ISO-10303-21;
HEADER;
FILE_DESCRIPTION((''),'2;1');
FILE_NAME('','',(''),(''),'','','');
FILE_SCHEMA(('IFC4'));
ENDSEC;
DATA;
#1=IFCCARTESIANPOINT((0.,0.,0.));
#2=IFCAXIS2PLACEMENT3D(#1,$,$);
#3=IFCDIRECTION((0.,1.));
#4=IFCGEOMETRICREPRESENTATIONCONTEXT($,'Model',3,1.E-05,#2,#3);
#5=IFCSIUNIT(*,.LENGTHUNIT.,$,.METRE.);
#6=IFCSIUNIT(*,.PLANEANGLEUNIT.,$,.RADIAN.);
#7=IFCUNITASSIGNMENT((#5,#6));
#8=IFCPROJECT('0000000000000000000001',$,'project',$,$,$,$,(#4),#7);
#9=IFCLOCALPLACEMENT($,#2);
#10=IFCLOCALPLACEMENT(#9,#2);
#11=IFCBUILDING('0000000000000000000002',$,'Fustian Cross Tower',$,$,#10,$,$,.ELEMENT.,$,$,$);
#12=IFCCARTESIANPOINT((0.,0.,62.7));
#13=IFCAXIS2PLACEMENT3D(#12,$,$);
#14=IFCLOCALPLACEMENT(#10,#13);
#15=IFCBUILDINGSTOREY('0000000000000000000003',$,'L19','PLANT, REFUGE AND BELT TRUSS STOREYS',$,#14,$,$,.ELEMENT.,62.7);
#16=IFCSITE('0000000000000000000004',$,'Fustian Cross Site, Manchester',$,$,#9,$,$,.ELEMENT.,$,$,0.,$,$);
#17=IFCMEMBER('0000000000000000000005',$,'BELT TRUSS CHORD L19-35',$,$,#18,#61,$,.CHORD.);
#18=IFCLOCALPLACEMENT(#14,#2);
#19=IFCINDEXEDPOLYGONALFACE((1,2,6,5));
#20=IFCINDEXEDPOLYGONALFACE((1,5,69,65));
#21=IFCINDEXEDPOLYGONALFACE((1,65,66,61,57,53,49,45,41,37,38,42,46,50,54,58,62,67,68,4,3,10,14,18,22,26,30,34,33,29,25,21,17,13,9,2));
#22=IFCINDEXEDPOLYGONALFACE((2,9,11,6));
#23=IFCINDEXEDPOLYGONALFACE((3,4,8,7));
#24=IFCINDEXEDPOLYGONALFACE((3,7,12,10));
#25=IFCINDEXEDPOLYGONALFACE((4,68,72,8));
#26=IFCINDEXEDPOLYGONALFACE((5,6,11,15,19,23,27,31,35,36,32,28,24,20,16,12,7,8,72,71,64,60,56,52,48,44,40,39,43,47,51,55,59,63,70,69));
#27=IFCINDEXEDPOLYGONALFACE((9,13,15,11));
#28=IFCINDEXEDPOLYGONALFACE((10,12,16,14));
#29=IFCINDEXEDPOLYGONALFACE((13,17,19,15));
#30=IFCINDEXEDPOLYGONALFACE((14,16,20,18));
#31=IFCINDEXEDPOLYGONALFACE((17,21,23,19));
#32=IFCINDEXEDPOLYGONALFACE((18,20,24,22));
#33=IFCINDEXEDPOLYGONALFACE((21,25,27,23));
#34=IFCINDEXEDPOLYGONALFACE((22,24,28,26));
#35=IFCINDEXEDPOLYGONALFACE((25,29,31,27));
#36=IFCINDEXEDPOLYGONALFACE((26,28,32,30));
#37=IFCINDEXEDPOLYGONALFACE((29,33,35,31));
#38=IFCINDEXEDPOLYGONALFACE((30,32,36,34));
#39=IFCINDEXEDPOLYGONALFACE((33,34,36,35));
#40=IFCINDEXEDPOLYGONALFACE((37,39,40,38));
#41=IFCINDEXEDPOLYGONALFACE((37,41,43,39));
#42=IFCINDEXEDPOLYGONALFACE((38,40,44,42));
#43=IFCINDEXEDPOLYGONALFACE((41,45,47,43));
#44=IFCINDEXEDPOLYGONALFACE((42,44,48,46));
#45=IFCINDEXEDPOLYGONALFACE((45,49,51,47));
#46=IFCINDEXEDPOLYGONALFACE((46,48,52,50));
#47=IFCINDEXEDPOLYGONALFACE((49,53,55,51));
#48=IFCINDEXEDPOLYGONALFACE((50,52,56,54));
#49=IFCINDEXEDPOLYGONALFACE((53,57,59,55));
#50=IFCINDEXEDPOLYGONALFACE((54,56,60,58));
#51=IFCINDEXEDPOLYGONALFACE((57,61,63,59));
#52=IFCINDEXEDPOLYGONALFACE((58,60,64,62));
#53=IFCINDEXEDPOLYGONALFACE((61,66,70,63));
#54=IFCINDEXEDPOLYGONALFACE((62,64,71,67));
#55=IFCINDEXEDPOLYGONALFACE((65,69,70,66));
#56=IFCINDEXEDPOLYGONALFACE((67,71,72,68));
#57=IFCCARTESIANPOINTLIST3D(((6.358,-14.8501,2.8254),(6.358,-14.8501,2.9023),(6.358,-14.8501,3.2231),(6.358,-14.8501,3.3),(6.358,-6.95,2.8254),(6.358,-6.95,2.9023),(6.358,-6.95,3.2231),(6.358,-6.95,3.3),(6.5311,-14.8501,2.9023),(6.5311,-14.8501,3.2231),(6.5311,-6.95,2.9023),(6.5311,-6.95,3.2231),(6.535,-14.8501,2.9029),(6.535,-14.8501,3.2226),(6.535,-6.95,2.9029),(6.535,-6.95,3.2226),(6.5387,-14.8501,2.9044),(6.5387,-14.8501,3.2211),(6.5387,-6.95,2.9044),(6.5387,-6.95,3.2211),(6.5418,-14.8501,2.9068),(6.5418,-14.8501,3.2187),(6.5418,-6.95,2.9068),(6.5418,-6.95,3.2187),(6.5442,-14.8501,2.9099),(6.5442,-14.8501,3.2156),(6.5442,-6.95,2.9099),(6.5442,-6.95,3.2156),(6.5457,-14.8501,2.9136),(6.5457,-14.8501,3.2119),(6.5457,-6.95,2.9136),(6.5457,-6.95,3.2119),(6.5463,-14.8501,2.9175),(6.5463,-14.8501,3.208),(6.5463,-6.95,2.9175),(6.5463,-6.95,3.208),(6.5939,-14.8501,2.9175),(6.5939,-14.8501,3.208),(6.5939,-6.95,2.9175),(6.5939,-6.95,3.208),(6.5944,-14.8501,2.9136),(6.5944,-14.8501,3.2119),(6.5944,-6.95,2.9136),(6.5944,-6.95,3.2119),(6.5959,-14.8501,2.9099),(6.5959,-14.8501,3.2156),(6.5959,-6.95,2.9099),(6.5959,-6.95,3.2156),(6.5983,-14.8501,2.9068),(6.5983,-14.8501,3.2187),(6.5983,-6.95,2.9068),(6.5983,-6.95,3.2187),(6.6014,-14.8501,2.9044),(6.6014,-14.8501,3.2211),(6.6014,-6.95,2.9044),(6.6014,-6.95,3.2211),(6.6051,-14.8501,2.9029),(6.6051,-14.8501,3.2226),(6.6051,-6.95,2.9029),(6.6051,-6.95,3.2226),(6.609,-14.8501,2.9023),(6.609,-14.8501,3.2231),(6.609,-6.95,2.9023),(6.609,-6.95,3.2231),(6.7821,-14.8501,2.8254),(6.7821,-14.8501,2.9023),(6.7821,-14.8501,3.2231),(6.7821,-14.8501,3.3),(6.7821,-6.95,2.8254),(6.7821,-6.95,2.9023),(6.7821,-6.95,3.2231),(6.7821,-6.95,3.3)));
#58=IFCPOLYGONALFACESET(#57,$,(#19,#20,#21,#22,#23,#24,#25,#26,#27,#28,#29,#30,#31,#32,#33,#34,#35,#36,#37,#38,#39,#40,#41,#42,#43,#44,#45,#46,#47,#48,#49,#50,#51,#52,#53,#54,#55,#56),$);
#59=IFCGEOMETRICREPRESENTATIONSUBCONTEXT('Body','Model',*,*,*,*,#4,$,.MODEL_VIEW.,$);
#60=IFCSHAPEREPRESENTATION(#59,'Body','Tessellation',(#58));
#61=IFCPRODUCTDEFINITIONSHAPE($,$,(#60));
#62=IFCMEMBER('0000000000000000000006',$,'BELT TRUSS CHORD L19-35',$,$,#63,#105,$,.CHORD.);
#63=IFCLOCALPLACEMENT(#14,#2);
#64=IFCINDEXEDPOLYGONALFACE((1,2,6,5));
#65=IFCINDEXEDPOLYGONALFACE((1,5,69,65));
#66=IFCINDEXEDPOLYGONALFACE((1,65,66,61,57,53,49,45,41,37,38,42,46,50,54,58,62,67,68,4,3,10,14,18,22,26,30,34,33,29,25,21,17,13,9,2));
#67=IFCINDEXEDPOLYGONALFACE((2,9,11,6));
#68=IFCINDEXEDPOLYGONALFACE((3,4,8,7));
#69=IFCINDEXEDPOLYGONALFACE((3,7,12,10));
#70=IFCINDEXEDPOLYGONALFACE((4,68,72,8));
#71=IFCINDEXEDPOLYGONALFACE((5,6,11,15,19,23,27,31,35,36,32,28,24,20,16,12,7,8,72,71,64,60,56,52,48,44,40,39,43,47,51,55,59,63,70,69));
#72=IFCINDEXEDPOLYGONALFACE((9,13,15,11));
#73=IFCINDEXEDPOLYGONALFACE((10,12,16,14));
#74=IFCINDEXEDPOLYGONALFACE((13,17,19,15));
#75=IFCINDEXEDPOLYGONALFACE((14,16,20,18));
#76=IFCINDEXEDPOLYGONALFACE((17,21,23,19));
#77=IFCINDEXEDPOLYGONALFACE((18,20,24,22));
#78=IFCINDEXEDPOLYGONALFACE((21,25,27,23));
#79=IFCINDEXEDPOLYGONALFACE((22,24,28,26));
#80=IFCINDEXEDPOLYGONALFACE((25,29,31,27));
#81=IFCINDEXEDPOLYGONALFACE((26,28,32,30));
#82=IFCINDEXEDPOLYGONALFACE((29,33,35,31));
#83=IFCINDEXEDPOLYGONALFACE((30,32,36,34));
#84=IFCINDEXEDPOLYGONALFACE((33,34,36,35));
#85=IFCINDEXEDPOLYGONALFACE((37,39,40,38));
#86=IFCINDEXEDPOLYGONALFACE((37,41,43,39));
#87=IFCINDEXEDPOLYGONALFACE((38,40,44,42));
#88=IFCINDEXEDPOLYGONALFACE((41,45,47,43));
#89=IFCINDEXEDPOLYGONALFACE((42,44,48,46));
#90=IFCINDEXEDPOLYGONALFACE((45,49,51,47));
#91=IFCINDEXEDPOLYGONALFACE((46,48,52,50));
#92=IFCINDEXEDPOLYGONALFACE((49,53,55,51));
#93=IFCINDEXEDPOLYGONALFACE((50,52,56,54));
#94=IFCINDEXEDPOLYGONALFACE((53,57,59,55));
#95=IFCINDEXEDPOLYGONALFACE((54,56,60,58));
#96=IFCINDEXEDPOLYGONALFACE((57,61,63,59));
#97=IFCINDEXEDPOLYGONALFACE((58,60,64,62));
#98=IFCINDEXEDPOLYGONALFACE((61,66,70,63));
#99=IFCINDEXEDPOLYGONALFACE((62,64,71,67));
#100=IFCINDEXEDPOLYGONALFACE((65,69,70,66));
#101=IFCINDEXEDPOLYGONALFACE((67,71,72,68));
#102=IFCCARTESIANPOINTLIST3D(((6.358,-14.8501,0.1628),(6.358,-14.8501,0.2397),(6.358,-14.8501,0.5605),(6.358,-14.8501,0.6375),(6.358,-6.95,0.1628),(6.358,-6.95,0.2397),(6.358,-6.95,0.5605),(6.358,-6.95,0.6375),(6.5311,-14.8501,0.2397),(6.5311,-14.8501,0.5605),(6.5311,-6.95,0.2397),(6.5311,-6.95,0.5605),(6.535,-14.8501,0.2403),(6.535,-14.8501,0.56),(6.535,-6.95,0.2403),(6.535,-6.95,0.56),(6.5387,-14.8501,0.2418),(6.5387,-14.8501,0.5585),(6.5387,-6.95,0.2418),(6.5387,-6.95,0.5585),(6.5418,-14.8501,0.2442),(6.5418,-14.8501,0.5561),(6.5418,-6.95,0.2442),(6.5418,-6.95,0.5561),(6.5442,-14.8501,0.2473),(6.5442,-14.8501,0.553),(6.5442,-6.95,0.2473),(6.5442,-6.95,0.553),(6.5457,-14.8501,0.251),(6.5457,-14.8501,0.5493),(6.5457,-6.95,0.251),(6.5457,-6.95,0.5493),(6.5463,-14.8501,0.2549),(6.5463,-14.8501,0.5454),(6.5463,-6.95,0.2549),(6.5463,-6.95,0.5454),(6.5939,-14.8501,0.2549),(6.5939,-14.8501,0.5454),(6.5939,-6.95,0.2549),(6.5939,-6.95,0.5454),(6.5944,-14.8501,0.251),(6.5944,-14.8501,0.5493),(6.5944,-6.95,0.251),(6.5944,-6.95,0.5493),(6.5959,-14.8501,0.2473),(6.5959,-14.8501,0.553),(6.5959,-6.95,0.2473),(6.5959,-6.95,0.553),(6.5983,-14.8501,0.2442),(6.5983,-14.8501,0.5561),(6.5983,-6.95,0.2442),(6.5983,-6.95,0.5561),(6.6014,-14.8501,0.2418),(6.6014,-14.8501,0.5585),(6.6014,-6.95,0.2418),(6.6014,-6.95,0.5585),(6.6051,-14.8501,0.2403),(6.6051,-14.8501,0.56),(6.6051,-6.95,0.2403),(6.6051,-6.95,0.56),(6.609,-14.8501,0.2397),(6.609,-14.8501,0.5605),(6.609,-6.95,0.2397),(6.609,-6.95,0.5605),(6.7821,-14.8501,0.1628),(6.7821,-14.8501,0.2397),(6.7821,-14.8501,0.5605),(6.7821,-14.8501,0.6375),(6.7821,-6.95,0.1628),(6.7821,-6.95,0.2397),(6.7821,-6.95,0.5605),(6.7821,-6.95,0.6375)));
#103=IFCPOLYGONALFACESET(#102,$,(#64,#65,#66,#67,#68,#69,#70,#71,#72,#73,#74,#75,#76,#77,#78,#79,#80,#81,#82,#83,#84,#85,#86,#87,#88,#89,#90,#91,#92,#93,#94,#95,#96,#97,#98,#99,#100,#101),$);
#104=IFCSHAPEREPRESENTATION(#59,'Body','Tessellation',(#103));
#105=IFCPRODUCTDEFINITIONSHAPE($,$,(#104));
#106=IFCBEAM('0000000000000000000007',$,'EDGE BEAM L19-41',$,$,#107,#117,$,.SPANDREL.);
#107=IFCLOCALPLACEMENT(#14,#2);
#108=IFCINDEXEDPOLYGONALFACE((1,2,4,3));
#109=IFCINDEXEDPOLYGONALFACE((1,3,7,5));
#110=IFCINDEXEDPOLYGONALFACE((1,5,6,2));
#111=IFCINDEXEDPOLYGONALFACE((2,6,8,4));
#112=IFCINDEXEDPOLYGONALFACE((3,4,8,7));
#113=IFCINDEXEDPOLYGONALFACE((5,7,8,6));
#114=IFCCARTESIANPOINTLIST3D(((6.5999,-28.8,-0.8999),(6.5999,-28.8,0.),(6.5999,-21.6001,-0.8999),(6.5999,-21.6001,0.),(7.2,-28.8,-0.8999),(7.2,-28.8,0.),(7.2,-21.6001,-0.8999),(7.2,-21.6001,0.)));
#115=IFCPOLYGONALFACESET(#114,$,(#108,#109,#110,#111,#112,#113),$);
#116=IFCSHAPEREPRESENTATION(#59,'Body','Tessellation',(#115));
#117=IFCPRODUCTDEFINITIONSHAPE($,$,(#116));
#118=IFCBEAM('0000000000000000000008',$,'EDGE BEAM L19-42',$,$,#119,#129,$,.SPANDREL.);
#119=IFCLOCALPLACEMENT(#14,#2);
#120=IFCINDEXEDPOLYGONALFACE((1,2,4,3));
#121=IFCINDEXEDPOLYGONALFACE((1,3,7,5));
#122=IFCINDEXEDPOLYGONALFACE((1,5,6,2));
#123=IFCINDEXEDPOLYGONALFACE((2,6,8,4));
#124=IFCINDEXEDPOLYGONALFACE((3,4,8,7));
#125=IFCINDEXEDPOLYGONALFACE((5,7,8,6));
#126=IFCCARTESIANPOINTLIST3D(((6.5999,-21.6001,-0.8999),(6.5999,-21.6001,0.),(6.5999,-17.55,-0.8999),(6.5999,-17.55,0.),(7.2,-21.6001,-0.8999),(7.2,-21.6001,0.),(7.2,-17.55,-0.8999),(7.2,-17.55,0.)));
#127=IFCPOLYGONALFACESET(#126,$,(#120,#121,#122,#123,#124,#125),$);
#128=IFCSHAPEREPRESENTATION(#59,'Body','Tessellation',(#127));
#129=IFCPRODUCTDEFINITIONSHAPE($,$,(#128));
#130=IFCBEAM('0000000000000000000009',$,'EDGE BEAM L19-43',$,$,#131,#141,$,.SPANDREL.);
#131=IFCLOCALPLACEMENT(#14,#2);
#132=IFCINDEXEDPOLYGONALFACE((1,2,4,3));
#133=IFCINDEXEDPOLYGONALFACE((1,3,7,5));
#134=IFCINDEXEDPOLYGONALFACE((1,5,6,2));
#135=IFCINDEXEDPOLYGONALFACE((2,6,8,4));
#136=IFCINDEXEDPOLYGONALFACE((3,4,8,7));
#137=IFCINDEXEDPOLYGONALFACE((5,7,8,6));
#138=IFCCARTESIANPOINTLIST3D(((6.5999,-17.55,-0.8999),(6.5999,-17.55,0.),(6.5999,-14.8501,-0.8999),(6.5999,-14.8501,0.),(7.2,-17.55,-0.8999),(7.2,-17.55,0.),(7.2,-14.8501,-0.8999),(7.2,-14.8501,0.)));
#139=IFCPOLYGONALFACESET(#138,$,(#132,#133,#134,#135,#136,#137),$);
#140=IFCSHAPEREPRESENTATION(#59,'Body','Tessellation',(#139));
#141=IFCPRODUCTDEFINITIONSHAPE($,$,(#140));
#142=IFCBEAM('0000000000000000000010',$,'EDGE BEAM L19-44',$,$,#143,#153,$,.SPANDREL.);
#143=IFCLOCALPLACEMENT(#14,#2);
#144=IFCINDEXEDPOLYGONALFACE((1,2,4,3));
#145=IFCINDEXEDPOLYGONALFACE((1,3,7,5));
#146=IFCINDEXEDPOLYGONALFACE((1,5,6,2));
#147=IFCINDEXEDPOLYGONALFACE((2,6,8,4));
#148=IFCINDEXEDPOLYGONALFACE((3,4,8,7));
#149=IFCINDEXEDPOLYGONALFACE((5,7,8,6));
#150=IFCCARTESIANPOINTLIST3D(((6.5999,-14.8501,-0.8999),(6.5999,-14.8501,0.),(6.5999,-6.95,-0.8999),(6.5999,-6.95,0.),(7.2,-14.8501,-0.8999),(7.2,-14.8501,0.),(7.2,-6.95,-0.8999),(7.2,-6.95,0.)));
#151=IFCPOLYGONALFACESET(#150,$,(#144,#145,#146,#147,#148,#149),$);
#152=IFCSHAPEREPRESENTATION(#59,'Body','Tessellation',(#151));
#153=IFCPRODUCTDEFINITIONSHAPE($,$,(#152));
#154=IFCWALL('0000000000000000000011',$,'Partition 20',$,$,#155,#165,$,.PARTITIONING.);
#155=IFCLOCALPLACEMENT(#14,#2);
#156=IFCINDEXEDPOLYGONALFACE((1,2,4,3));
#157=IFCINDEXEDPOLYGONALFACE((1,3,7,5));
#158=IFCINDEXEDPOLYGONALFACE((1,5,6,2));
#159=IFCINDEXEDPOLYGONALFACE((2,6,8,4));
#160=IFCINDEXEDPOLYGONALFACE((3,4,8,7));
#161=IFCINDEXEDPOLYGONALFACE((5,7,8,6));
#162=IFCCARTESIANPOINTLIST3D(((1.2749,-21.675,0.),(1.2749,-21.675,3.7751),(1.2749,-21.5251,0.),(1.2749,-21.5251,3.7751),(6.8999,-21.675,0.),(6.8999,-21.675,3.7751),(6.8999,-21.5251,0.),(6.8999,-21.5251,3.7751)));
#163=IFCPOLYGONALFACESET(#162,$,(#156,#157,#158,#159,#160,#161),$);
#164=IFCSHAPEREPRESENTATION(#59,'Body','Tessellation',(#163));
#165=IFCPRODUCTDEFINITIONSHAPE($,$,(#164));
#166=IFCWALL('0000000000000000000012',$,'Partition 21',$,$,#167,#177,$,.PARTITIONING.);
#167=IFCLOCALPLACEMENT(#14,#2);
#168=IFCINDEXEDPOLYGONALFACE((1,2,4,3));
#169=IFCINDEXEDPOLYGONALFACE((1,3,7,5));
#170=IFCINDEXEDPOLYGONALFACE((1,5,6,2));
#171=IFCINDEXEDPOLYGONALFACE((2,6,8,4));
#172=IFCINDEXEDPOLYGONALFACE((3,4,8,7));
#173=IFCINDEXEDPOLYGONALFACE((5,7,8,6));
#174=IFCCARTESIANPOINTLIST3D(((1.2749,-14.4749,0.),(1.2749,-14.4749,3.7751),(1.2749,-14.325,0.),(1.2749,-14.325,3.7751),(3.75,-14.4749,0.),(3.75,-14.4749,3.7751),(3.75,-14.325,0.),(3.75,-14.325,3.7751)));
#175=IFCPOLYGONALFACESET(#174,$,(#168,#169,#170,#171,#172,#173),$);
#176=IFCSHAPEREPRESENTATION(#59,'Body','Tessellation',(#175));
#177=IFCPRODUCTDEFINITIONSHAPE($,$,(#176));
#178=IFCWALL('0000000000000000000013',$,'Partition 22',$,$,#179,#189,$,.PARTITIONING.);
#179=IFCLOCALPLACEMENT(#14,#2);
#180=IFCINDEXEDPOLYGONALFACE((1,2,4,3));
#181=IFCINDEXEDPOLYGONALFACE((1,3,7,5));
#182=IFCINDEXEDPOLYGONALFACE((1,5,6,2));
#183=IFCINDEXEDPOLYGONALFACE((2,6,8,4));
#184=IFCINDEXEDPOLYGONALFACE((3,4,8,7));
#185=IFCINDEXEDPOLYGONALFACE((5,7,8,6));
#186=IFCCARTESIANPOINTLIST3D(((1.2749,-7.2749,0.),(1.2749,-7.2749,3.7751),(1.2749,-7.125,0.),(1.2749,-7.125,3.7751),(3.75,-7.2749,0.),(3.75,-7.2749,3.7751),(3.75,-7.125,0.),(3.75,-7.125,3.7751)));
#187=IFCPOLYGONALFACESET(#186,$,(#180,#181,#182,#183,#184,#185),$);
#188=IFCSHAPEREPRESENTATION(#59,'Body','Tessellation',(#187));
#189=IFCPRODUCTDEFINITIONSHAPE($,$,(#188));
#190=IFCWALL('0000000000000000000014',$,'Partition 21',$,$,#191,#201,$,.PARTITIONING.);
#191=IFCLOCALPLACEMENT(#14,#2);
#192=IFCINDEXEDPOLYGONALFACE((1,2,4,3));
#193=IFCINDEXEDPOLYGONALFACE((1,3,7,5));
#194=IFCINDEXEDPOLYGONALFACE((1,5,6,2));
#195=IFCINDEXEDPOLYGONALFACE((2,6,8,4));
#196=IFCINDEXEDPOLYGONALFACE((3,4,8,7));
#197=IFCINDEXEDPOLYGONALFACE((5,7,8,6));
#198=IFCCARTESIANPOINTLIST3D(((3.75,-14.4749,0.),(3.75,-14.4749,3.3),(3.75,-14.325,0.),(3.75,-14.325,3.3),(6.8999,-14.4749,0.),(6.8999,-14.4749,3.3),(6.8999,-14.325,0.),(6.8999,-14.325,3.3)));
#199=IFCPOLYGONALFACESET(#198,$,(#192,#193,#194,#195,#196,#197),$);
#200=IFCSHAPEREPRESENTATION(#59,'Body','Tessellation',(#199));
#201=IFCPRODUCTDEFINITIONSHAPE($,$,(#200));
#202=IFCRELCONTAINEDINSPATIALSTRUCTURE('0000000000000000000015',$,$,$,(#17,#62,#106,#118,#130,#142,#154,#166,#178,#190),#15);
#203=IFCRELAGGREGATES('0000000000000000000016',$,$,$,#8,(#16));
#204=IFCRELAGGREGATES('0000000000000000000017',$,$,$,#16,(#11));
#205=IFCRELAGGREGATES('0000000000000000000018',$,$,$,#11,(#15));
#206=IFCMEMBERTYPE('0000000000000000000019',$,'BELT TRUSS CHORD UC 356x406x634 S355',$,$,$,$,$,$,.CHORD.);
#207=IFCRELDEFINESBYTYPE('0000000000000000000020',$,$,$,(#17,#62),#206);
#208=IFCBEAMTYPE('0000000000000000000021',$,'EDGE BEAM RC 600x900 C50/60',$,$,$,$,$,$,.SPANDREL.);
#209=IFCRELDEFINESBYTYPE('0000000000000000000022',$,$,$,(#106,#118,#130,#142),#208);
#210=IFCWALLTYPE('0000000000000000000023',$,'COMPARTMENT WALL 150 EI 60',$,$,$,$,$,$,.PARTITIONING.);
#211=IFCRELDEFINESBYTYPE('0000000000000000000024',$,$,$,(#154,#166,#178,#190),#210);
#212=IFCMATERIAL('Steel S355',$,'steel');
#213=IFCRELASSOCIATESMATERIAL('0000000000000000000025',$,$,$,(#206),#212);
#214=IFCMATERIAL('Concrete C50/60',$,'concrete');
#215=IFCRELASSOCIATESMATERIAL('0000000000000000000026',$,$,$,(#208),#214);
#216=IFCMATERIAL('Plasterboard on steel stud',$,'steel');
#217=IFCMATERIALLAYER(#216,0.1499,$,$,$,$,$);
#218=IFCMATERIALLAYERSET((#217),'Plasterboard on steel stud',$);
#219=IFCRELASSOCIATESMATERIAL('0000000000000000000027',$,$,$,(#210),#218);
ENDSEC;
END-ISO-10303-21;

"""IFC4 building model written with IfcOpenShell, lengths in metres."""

from ifc_helpers import new_model, si_unit, direction, frame, frame_2d, origin, origin_2d, place, context, subcontext, project, spatial, rectangle, i_section, extrude, material, layer, layer_set, material_profile, profile_set, type_object, element, save


model = new_model("IFC4")

# Units and contexts
model_context = context("Model", 3, precision=1e-05, world=origin(), true_north=direction((0.0, 1.0)))
body_context = subcontext(model_context, "Body", "Model", "MODEL_VIEW")
ifc_project = project(units=[si_unit("LENGTHUNIT", "METRE"), si_unit("PLANEANGLEUNIT", "RADIAN")], contexts=[model_context])

# Site, building, storey
site_placement = place(None, origin())
site = spatial("IfcSite", under=ifc_project, at=site_placement, Name="Fustian Cross Site, Manchester", CompositionType="ELEMENT", RefElevation=0.0)
building_placement = place(site_placement, origin())
building = spatial("IfcBuilding", under=site, at=building_placement, Name="Fustian Cross Tower", CompositionType="ELEMENT")
storey_placement = place(building_placement, frame((0.0, 0.0, 62.7)))
storey = spatial("IfcBuildingStorey", under=building, at=storey_placement, Name="L19", Description="PLANT, REFUGE AND BELT TRUSS STOREYS", CompositionType="ELEMENT", Elevation=62.7)

# Members
ifc_material_1 = material(Name="Steel S355", Category="steel")
ifc_material_profile_1 = material_profile(ifc_material_1, i_section(OverallWidth=0.4241, OverallDepth=0.4746, WebThickness=0.0476, FlangeThickness=0.0769, FilletRadius=0.0151, at=origin_2d()), Name="UC 356x406x634")
ifc_profile_set_1 = profile_set([ifc_material_profile_1], Name="Steel S355")
member_type_1 = type_object("IfcMemberType", Name="BELT TRUSS CHORD UC 356x406x634 S355", PredefinedType="CHORD", material=ifc_profile_set_1)
for number, where, z_axis, x_axis, name in (
    (1, (6.5701, -14.8501, 3.0627), (0.0, 1.0, 0.0), (-1.0, 0.0, 0.0), "BELT TRUSS CHORD L19-35"),
    (2, (6.5701, -14.8501, 0.4001), (0.0, 1.0, 0.0), (-1.0, 0.0, 0.0), "BELT TRUSS CHORD L19-35"),
):
    element("IfcMember", number, at=place(storey_placement, frame(where, z_axis=z_axis, x_axis=x_axis)), inside=storey, type_object=member_type_1, Name=name, PredefinedType="CHORD", context=body_context, shape_type="SweptSolid", body=[
        extrude(i_section(OverallWidth=0.4241, OverallDepth=0.4746, WebThickness=0.0476, FlangeThickness=0.0769, FilletRadius=0.0151, at=origin_2d()), origin(), (0.0, 0.0, 1.0), 7.9001),
    ])

# Beams
ifc_material_2 = material(Name="Concrete C50/60", Category="concrete")
ifc_material_profile_2 = material_profile(ifc_material_2, rectangle(XDim=0.6001, YDim=0.8999, at=origin_2d()), Name="RC 600x900")
ifc_profile_set_2 = profile_set([ifc_material_profile_2], Name="Concrete C50/60")
beam_type = type_object("IfcBeamType", Name="EDGE BEAM RC 600x900 C50/60", PredefinedType="SPANDREL", material=ifc_profile_set_2)
beam_1_placement = place(storey_placement, frame((6.8999, -28.8, -0.45), z_axis=(0.0, 1.0, 0.0), x_axis=(-1.0, 0.0, 0.0)))
element("IfcBeam", 3, at=beam_1_placement, inside=storey, type_object=beam_type, Name="EDGE BEAM L19-41", PredefinedType="SPANDREL", context=body_context, shape_type="SweptSolid", body=[
    extrude(rectangle(XDim=0.6001, YDim=0.8999, at=origin_2d()), origin(), (0.0, 0.0, 1.0), 7.2),
])
beam_2_placement = place(storey_placement, frame((6.8999, -21.6001, -0.45), z_axis=(0.0, 1.0, 0.0), x_axis=(-1.0, 0.0, 0.0)))
element("IfcBeam", 4, at=beam_2_placement, inside=storey, type_object=beam_type, Name="EDGE BEAM L19-42", PredefinedType="SPANDREL", context=body_context, shape_type="SweptSolid", body=[
    extrude(rectangle(XDim=0.6001, YDim=0.8999, at=origin_2d()), origin(), (0.0, 0.0, 1.0), 4.05),
])
beam_3_placement = place(storey_placement, frame((6.8999, -17.55, -0.45), z_axis=(0.0, 1.0, 0.0), x_axis=(-1.0, 0.0, 0.0)))
element("IfcBeam", 5, at=beam_3_placement, inside=storey, type_object=beam_type, Name="EDGE BEAM L19-43", PredefinedType="SPANDREL", context=body_context, shape_type="SweptSolid", body=[
    extrude(rectangle(XDim=0.6001, YDim=0.8999, at=origin_2d()), origin(), (0.0, 0.0, 1.0), 2.7),
])
beam_4_placement = place(storey_placement, frame((6.8999, -14.8501, -0.45), z_axis=(0.0, 1.0, 0.0), x_axis=(-1.0, 0.0, 0.0)))
element("IfcBeam", 6, at=beam_4_placement, inside=storey, type_object=beam_type, Name="EDGE BEAM L19-44", PredefinedType="SPANDREL", context=body_context, shape_type="SweptSolid", body=[
    extrude(rectangle(XDim=0.6001, YDim=0.8999, at=origin_2d()), origin(), (0.0, 0.0, 1.0), 7.9001),
])

# Walls
ifc_material_3 = material(Name="Plasterboard on steel stud", Category="steel")
ifc_layer_1 = layer(ifc_material_3, 0.1499)
ifc_layer_set_1 = layer_set([ifc_layer_1], Name="Plasterboard on steel stud")
wall_type_1 = type_object("IfcWallType", Name="COMPARTMENT WALL 150 EI 60", PredefinedType="PARTITIONING", material=ifc_layer_set_1)
wall_1_placement = place(storey_placement, frame((1.2749, -21.6001, 0.0), z_axis=(0.0, 0.0, 1.0), x_axis=(1.0, 0.0, 0.0)))
element("IfcWall", 7, at=wall_1_placement, inside=storey, type_object=wall_type_1, Name="Partition 20", PredefinedType="PARTITIONING", context=body_context, shape_type="SweptSolid", body=[
    extrude(rectangle(XDim=5.625, YDim=0.1499, at=frame_2d((2.8125, 0.0))), origin(), (0.0, 0.0, 1.0), 3.7751),
])
for number, where, z_axis, x_axis, name in (
    (8, (1.2749, -14.3999, 0.0), (0.0, 0.0, 1.0), (1.0, 0.0, 0.0), "Partition 21"),
    (9, (1.2749, -7.2, 0.0), (0.0, 0.0, 1.0), (1.0, 0.0, 0.0), "Partition 22"),
):
    element("IfcWall", number, at=place(storey_placement, frame(where, z_axis=z_axis, x_axis=x_axis)), inside=storey, type_object=wall_type_1, Name=name, PredefinedType="PARTITIONING", context=body_context, shape_type="SweptSolid", body=[
        extrude(rectangle(XDim=2.4751, YDim=0.1499, at=frame_2d((1.2375, 0.0))), origin(), (0.0, 0.0, 1.0), 3.7751),
    ])
wall_2_placement = place(storey_placement, frame((3.75, -14.3999, 0.0), z_axis=(0.0, 0.0, 1.0), x_axis=(1.0, 0.0, 0.0)))
element("IfcWall", 10, at=wall_2_placement, inside=storey, type_object=wall_type_1, Name="Partition 21", PredefinedType="PARTITIONING", context=body_context, shape_type="SweptSolid", body=[
    extrude(rectangle(XDim=3.1499, YDim=0.1499, at=frame_2d((1.575, 0.0))), origin(), (0.0, 0.0, 1.0), 3.3),
])

save(model, "model.ifc")
